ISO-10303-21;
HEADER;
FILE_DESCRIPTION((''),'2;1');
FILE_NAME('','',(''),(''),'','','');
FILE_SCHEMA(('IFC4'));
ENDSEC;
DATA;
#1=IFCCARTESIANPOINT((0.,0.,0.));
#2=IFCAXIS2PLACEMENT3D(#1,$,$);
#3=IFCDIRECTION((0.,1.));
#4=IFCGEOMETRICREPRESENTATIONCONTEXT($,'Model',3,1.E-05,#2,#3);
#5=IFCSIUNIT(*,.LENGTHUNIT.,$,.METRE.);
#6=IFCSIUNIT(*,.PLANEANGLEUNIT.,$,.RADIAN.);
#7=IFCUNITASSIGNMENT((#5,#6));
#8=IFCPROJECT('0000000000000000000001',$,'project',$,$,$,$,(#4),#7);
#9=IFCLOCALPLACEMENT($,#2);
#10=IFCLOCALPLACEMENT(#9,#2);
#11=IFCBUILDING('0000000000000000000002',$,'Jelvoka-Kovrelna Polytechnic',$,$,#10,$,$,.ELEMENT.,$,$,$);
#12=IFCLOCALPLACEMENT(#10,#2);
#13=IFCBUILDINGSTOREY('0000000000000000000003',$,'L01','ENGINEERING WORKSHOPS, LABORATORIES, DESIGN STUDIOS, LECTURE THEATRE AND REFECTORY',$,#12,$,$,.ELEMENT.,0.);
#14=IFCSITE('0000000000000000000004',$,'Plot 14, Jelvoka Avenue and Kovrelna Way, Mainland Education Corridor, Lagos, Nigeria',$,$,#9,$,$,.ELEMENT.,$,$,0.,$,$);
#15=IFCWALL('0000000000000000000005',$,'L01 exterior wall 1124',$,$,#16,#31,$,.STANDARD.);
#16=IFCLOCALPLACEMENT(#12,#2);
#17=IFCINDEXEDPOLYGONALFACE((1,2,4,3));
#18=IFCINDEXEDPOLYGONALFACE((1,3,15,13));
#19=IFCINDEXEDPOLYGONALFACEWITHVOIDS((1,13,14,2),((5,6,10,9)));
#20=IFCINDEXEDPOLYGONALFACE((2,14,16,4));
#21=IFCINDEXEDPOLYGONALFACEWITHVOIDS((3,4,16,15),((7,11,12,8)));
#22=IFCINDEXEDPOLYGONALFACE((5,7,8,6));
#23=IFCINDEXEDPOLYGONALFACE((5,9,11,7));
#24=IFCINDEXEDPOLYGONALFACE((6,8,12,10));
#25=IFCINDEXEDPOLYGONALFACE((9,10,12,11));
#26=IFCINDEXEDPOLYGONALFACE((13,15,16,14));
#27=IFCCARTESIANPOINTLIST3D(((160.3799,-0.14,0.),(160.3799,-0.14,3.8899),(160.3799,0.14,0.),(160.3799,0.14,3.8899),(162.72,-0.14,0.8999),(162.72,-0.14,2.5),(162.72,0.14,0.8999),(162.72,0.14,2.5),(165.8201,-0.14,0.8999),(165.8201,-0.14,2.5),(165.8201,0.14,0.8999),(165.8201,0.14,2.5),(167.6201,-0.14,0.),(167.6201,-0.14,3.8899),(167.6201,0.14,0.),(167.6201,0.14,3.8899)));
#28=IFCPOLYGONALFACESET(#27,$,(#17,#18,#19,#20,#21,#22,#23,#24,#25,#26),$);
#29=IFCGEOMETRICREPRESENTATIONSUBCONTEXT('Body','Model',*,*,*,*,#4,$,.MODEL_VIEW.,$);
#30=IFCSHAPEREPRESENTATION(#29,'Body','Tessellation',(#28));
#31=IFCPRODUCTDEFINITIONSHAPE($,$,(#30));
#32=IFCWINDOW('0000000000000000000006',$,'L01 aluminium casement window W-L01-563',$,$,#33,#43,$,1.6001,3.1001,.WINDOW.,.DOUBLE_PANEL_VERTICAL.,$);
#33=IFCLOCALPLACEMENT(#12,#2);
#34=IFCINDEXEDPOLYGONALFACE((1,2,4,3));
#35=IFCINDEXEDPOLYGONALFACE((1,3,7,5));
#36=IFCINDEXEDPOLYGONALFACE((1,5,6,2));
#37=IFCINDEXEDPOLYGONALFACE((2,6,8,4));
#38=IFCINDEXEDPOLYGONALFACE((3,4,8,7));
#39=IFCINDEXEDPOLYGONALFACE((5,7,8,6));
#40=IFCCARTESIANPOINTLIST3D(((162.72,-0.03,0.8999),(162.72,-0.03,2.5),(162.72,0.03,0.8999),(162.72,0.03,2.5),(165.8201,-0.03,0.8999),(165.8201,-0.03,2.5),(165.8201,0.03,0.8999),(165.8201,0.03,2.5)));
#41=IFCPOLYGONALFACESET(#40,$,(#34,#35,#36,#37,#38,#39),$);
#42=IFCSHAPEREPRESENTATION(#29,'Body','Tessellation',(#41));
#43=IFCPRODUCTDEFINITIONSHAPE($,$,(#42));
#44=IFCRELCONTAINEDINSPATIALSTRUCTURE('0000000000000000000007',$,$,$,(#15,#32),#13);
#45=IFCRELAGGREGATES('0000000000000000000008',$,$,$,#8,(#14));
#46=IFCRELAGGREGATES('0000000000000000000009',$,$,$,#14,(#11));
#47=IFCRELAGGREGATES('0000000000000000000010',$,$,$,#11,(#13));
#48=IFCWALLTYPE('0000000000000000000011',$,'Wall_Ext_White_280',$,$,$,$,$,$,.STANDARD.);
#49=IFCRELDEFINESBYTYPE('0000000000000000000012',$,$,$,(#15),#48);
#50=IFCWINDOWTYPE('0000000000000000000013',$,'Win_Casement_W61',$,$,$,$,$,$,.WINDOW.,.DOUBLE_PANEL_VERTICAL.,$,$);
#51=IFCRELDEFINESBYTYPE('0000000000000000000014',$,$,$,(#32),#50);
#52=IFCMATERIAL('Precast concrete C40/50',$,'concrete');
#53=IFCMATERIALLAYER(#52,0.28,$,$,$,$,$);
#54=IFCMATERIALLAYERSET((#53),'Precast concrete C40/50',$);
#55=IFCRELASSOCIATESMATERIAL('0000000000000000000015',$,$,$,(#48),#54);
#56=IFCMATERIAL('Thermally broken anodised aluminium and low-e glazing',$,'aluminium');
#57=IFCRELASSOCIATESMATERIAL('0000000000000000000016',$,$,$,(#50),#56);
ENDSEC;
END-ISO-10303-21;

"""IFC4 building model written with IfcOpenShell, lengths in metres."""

from ifc_helpers import new_model, si_unit, direction, frame, frame_2d, origin, place, context, subcontext, project, spatial, rectangle, extrude, material, layer, layer_set, type_object, element, fill, save


model = new_model("IFC4")

# Units and contexts
model_context = context("Model", 3, precision=1e-05, world=origin(), true_north=direction((0.0, 1.0)))
body_context = subcontext(model_context, "Body", "Model", "MODEL_VIEW")
ifc_project = project(units=[si_unit("LENGTHUNIT", "METRE"), si_unit("PLANEANGLEUNIT", "RADIAN")], contexts=[model_context])

# Site, building, storey
site_placement = place(None, origin())
site = spatial("IfcSite", under=ifc_project, at=site_placement, Name="Plot 14, Jelvoka Avenue and Kovrelna Way, Mainland Education Corridor, Lagos, Nigeria", CompositionType="ELEMENT", RefElevation=0.0)
building_placement = place(site_placement, origin())
building = spatial("IfcBuilding", under=site, at=building_placement, Name="Jelvoka-Kovrelna Polytechnic", CompositionType="ELEMENT")
storey_placement = place(building_placement, origin())
storey = spatial("IfcBuildingStorey", under=building, at=storey_placement, Name="L01", Description="ENGINEERING WORKSHOPS, LABORATORIES, DESIGN STUDIOS, LECTURE THEATRE AND REFECTORY", CompositionType="ELEMENT", Elevation=0.0)

# Wall, opening, window
ifc_material_1 = material(Name="Precast concrete C40/50", Category="concrete")
ifc_layer_1 = layer(ifc_material_1, 0.28)
ifc_layer_set_1 = layer_set([ifc_layer_1], Name="Precast concrete C40/50")
wall_type_1 = type_object("IfcWallType", Name="Wall_Ext_White_280", PredefinedType="STANDARD", material=ifc_layer_set_1)
wall_1_placement = place(storey_placement, frame((167.6201, 0.0, 0.0), z_axis=(0.0, 0.0, 1.0), x_axis=(-1.0, 0.0, 0.0)))
wall_1 = element("IfcWall", 1, at=wall_1_placement, inside=storey, type_object=wall_type_1, Name="L01 exterior wall 1124", PredefinedType="STANDARD", context=body_context, shape_type="SweptSolid", body=[
    extrude(rectangle(XDim=7.2402, YDim=0.28, at=frame_2d((3.6201, 0.0))), origin(), (0.0, 0.0, 1.0), 3.8899),
])
opening_1_placement = place(wall_1_placement, frame((1.8, 0.0, 0.8999)))
opening_1 = element("IfcOpeningElement", 2, at=opening_1_placement, cuts=wall_1, PredefinedType="OPENING", context=body_context, shape_type="SweptSolid", body=[
    extrude(rectangle(XDim=3.1001, YDim=1.6001, at=frame_2d((1.55, 0.8))), frame((0.0, 0.1501, 0.0), z_axis=(0.0, -1.0, 0.0), x_axis=(1.0, 0.0, 0.0)), (0.0, 0.0, 1.0), 0.3),
])
ifc_material_2 = material(Name="Thermally broken anodised aluminium and low-e glazing", Category="aluminium")
window_type = type_object("IfcWindowType", Name="Win_Casement_W61", PartitioningType="DOUBLE_PANEL_VERTICAL", PredefinedType="WINDOW", material=ifc_material_2)
window_placement = place(opening_1_placement, origin())
window = element("IfcWindow", 3, at=window_placement, inside=storey, type_object=window_type, Name="L01 aluminium casement window W-L01-563", OverallHeight=1.6001, OverallWidth=3.1001, PartitioningType="DOUBLE_PANEL_VERTICAL", PredefinedType="WINDOW", context=body_context, shape_type="SweptSolid", body=[
    extrude(rectangle(XDim=3.1001, YDim=1.6001, at=frame_2d((1.55, 0.8))), frame((0.0, 0.03, 0.0), z_axis=(0.0, -1.0, 0.0), x_axis=(1.0, 0.0, 0.0)), (0.0, 0.0, 1.0), 0.0601),
])
fill(opening_1, window)

save(model, "model.ifc")
